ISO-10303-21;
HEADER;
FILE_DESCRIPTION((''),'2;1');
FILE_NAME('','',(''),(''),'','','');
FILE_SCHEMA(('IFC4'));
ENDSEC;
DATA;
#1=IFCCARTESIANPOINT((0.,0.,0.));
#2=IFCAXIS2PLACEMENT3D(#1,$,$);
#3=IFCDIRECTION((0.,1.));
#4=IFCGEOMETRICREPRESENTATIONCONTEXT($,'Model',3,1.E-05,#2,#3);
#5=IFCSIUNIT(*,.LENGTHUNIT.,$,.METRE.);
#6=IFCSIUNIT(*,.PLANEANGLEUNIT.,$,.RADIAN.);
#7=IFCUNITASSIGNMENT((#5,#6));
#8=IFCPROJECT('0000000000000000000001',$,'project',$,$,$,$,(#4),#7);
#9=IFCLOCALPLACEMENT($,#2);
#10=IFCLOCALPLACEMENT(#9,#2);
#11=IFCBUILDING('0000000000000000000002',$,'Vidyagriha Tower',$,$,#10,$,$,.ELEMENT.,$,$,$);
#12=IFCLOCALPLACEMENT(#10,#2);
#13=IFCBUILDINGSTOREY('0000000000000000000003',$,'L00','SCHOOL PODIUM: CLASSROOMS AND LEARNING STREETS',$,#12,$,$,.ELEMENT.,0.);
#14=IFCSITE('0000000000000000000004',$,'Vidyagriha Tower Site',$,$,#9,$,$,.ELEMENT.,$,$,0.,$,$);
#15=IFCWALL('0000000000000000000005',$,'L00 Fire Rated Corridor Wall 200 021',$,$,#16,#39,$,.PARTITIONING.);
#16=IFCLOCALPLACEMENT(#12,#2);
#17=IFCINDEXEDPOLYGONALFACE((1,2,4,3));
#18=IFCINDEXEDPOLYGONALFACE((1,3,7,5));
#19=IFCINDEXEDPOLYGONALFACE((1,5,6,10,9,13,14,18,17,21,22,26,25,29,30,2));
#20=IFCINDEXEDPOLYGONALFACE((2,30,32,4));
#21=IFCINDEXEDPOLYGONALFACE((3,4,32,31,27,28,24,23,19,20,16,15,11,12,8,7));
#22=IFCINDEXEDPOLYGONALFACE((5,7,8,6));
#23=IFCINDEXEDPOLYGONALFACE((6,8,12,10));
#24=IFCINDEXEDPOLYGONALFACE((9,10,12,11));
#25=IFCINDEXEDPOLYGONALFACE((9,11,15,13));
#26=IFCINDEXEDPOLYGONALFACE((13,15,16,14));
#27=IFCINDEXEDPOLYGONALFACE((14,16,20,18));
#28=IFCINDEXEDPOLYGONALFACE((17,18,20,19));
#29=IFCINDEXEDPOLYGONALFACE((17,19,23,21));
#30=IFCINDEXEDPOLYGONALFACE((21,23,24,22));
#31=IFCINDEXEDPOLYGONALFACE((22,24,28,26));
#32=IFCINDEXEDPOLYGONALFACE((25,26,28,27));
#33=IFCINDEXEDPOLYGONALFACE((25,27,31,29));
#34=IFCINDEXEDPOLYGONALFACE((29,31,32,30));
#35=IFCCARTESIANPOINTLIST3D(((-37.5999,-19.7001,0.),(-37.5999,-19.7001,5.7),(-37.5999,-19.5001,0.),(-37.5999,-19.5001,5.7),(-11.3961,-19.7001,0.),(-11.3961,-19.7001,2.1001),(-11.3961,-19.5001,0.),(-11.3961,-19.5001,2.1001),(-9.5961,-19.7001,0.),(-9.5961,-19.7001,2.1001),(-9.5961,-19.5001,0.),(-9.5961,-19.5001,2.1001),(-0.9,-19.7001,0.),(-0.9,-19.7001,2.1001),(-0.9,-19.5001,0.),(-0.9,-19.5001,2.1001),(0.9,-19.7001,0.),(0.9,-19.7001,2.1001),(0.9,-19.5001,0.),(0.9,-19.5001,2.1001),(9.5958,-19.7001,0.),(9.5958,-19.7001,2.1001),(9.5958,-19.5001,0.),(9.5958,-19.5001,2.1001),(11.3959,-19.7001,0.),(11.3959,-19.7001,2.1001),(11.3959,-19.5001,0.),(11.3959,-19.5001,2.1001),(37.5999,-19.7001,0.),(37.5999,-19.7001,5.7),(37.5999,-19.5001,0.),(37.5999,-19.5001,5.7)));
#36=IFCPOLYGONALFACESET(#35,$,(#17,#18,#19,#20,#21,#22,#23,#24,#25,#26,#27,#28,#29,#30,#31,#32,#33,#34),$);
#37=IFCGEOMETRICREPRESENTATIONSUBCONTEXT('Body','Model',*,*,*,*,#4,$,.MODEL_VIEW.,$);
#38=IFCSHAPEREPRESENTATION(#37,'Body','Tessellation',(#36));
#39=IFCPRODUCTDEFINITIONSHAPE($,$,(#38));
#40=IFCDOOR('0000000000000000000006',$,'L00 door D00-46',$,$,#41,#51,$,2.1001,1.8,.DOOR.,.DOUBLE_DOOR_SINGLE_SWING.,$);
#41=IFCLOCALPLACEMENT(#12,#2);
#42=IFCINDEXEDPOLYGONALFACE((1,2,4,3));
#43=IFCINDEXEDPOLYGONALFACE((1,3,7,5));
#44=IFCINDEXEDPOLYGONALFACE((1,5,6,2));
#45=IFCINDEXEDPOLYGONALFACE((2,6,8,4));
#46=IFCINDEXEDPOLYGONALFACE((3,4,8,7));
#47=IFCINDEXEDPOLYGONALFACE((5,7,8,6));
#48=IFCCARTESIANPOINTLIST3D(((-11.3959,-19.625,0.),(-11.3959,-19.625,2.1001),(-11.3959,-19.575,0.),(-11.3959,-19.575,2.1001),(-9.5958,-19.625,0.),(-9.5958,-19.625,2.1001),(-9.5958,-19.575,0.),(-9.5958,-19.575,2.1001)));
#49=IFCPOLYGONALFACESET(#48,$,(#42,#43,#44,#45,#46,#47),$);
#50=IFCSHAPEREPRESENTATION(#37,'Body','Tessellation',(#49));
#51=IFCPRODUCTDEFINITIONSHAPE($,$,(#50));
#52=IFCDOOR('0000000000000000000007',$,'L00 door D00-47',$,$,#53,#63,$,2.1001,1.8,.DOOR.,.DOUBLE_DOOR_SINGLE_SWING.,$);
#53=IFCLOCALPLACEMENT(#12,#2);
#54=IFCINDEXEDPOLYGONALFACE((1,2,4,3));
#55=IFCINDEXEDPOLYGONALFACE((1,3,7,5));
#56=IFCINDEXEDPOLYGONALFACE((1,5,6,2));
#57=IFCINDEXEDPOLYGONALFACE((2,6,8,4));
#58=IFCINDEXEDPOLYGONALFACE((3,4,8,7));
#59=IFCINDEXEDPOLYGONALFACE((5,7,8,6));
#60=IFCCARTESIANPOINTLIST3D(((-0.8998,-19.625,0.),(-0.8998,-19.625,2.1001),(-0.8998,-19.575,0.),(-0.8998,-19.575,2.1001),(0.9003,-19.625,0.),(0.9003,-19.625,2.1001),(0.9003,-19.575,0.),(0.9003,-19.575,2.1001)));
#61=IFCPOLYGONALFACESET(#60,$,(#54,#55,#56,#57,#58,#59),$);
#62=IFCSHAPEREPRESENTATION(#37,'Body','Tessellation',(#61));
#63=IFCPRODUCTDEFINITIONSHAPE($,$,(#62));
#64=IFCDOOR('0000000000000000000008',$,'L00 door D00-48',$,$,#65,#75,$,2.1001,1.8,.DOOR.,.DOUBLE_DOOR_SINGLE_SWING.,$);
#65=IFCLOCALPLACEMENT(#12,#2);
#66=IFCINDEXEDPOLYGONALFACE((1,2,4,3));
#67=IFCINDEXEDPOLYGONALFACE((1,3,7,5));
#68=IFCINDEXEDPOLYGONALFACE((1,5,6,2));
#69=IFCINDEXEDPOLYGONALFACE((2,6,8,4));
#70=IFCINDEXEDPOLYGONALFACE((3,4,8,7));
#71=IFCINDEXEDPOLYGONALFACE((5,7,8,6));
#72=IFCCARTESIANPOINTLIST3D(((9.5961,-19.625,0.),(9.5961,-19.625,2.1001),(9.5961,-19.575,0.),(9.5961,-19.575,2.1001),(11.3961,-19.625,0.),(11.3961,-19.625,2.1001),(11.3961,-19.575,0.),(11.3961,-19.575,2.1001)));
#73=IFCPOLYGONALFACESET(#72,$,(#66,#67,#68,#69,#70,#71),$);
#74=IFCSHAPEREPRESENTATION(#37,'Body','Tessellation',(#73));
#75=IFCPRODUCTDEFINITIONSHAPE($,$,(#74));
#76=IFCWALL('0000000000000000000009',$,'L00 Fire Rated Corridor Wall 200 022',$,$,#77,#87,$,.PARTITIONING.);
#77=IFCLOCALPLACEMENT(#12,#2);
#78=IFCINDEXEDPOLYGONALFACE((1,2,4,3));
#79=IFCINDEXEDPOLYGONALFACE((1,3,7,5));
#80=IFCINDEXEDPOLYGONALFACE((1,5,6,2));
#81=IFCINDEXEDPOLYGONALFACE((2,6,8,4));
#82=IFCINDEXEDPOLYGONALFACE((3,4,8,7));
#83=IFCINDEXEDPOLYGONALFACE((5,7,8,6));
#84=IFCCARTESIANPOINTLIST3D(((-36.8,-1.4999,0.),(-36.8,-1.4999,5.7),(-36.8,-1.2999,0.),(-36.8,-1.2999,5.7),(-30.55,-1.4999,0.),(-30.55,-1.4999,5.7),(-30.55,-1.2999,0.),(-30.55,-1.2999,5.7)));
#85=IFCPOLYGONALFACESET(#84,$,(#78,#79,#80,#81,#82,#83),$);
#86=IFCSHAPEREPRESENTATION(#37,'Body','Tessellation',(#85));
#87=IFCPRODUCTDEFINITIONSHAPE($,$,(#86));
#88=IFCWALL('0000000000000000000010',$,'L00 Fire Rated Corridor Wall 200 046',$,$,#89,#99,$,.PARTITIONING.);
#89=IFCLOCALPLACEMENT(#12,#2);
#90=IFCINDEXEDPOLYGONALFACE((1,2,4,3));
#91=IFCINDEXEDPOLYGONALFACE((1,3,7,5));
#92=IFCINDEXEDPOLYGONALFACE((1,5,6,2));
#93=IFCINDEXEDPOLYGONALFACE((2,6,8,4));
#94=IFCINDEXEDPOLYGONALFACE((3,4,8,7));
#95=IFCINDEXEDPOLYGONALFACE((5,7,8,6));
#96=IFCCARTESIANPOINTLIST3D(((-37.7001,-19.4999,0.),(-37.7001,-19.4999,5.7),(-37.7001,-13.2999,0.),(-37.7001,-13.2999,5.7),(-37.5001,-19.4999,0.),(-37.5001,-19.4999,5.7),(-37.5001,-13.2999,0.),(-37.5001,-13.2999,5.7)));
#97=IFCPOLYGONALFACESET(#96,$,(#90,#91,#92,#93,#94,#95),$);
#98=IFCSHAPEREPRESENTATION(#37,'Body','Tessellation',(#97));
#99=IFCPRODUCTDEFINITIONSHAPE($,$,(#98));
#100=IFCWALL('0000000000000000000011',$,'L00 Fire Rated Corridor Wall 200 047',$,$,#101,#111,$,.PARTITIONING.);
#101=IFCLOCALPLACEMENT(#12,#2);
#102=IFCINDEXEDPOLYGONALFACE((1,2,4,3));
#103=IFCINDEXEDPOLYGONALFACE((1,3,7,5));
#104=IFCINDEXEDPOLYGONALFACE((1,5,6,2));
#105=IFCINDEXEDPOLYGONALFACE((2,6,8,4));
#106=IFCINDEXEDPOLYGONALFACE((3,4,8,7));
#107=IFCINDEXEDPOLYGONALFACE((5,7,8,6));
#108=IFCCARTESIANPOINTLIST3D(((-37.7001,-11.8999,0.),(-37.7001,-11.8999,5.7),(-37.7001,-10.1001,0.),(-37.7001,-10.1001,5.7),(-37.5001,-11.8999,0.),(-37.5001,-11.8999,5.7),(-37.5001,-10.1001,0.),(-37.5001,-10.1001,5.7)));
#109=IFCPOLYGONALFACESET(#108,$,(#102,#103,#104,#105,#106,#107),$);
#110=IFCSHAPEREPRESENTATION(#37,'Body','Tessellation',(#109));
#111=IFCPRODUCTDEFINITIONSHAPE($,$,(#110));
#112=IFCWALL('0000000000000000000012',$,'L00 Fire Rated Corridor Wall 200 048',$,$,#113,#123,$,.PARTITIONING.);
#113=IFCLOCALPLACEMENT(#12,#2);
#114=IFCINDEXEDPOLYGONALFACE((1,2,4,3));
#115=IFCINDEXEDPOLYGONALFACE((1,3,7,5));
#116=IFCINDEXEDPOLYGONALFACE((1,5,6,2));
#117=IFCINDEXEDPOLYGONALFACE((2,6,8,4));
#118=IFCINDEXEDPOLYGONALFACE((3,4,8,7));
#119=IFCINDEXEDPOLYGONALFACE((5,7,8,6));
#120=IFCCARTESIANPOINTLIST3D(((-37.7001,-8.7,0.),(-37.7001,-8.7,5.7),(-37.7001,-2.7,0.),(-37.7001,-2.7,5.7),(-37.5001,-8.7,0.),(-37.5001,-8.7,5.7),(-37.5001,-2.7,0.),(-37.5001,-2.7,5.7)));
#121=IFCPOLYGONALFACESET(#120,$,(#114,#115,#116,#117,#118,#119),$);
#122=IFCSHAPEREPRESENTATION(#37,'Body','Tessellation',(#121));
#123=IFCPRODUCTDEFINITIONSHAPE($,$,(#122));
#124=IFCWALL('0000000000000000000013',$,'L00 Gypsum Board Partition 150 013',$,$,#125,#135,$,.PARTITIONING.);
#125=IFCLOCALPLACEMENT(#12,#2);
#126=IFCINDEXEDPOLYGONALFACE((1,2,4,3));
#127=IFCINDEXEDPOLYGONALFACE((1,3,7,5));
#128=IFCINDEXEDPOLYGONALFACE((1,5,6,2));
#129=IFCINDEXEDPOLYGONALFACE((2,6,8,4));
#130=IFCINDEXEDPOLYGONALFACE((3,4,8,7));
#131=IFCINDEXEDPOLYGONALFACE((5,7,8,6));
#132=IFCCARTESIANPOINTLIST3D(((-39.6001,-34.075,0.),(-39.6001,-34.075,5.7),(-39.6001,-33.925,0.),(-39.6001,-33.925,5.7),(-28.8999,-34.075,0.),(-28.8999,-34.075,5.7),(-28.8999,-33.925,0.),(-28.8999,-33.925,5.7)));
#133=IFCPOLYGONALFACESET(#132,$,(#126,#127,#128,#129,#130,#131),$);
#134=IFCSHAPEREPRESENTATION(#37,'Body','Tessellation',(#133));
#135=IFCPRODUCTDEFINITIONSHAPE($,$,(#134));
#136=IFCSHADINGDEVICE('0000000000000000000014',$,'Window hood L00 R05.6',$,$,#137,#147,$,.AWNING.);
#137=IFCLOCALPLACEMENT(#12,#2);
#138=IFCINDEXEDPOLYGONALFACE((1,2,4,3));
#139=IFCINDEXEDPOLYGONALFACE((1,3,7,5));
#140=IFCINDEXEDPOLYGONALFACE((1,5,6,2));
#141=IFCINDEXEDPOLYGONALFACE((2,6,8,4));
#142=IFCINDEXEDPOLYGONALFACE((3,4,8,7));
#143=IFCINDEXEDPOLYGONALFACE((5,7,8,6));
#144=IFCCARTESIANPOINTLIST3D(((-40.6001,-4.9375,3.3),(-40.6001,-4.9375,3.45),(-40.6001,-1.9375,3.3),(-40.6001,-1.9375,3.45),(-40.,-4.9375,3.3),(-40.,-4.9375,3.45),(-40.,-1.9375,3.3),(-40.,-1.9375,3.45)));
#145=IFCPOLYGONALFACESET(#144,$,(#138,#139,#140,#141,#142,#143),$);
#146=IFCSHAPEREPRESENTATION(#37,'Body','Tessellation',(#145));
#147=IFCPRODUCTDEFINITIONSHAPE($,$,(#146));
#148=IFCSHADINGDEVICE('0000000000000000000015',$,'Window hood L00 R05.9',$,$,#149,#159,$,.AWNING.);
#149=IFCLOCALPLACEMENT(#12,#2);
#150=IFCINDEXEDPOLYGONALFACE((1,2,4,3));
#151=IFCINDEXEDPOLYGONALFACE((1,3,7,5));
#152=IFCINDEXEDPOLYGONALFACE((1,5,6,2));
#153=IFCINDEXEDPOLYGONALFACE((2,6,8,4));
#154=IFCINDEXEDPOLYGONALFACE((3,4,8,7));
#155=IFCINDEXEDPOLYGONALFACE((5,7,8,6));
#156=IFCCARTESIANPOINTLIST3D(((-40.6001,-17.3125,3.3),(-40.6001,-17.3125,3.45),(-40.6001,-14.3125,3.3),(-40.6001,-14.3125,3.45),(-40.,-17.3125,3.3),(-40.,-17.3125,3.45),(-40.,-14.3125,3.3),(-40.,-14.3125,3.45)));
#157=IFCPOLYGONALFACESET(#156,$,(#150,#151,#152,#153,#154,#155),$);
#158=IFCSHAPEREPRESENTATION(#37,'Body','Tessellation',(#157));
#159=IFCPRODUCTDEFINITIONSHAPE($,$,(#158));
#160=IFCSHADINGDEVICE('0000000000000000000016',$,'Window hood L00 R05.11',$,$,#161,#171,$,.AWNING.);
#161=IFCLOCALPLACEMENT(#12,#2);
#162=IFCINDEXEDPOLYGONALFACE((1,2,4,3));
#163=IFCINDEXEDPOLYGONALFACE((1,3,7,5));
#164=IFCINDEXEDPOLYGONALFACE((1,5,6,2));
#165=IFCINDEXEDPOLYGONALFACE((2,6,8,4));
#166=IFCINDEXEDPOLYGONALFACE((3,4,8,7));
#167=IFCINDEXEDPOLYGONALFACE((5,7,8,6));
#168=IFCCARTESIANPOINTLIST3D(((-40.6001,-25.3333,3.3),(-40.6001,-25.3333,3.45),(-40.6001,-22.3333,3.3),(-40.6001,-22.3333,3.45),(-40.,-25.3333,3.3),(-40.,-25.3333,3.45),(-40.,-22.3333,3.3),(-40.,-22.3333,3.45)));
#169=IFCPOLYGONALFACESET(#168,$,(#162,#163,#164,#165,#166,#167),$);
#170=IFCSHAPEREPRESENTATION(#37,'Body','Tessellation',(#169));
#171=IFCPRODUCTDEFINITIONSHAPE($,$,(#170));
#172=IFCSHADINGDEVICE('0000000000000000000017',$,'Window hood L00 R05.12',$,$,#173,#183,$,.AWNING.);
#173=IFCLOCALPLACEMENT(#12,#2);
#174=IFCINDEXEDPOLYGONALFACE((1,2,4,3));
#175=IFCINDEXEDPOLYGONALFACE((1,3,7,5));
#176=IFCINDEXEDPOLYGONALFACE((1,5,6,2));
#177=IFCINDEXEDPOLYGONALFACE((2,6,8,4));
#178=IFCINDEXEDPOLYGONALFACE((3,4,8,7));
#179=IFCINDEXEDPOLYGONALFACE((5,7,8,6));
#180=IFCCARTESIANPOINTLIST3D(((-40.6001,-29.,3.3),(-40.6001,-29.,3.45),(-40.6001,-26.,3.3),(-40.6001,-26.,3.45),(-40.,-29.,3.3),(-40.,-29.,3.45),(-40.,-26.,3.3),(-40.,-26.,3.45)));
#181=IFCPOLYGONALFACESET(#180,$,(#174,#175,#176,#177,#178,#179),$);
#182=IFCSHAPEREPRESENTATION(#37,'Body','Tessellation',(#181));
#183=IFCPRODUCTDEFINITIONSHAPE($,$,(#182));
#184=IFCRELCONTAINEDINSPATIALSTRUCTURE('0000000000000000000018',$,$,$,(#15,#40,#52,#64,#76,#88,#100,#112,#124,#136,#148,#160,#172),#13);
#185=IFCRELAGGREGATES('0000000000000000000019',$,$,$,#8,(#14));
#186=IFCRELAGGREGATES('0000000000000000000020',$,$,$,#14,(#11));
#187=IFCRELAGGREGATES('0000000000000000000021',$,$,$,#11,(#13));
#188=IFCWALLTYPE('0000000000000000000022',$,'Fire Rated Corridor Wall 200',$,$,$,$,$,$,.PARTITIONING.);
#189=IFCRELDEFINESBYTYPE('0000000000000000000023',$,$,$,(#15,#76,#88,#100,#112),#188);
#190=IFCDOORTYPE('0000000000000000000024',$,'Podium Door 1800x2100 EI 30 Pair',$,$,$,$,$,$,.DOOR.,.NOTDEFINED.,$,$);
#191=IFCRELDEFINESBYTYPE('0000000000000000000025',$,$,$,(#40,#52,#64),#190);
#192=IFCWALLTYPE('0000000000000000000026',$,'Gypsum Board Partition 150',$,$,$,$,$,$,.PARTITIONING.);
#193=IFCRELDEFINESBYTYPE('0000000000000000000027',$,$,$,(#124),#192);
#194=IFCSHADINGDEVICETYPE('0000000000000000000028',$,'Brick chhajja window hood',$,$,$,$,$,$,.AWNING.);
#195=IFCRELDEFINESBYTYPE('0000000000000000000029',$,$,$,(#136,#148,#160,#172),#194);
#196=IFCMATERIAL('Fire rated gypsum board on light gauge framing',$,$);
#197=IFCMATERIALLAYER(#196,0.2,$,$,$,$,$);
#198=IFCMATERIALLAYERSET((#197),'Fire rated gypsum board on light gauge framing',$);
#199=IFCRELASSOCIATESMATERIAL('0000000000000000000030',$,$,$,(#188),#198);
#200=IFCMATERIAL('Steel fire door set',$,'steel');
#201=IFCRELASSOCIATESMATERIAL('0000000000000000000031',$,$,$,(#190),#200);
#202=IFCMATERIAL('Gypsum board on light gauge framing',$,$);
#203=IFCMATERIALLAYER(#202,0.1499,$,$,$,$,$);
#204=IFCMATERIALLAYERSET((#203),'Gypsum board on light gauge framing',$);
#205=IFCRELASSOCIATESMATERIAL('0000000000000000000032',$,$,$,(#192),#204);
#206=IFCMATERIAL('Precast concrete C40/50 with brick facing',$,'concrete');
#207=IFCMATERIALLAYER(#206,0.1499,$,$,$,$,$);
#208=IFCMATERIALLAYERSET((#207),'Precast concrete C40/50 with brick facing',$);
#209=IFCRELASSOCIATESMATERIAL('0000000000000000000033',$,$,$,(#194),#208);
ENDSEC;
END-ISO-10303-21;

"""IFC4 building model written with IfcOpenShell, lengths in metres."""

from ifc_helpers import new_model, si_unit, direction, frame, frame_2d, origin, origin_2d, place, context, subcontext, project, spatial, rectangle, extrude, material, layer, layer_set, type_object, element, fill, save


model = new_model("IFC4")

# Units and contexts
model_context = context("Model", 3, precision=1e-05, world=origin(), true_north=direction((0.0, 1.0)))
body_context = subcontext(model_context, "Body", "Model", "MODEL_VIEW")
ifc_project = project(units=[si_unit("LENGTHUNIT", "METRE"), si_unit("PLANEANGLEUNIT", "RADIAN")], contexts=[model_context])

# Site, building, storey
site_placement = place(None, origin())
site = spatial("IfcSite", under=ifc_project, at=site_placement, Name="Vidyagriha Tower Site", CompositionType="ELEMENT", RefElevation=0.0)
building_placement = place(site_placement, origin())
building = spatial("IfcBuilding", under=site, at=building_placement, Name="Vidyagriha Tower", CompositionType="ELEMENT")
storey_placement = place(building_placement, origin())
storey = spatial("IfcBuildingStorey", under=building, at=storey_placement, Name="L00", Description="SCHOOL PODIUM: CLASSROOMS AND LEARNING STREETS", CompositionType="ELEMENT", Elevation=0.0)

# Shared definitions
ifc_material_1 = material(Name="Fire rated gypsum board on light gauge framing")
ifc_layer_1 = layer(ifc_material_1, 0.2)
ifc_layer_set_1 = layer_set([ifc_layer_1], Name="Fire rated gypsum board on light gauge framing")
wall_type_1 = type_object("IfcWallType", Name="Fire Rated Corridor Wall 200", PredefinedType="PARTITIONING", material=ifc_layer_set_1)

# Wall, openings, doors
wall_1_placement = place(storey_placement, frame((-37.5999, -19.6001, 0.0)))
wall_1 = element("IfcWall", 1, at=wall_1_placement, inside=storey, type_object=wall_type_1, Name="L00 Fire Rated Corridor Wall 200 021", PredefinedType="PARTITIONING", context=body_context, shape_type="SweptSolid", body=[
    extrude(rectangle(XDim=75.1997, YDim=0.2, at=frame_2d((37.5999, 0.0))), origin(), (0.0, 0.0, 1.0), 5.7),
])
opening_1_placement = place(wall_1_placement, frame((26.2039, 0.0, 0.0)))
opening_1 = element("IfcOpeningElement", 2, at=opening_1_placement, cuts=wall_1, PredefinedType="OPENING", context=body_context, shape_type="SweptSolid", body=[
    extrude(rectangle(XDim=1.8, YDim=2.1001, at=frame_2d((0.8999, 1.05))), frame((0.0, 0.1099, 0.0), z_axis=(0.0, -1.0, 0.0), x_axis=(1.0, 0.0, 0.0)), (0.0, 0.0, 1.0), 0.22),
])
opening_2_placement = place(wall_1_placement, frame((36.7, 0.0, 0.0)))
opening_2 = element("IfcOpeningElement", 3, at=opening_2_placement, cuts=wall_1, PredefinedType="OPENING", context=body_context, shape_type="SweptSolid", body=[
    extrude(rectangle(XDim=1.8, YDim=2.1001, at=frame_2d((0.8999, 1.05))), frame((0.0, 0.1099, 0.0), z_axis=(0.0, -1.0, 0.0), x_axis=(1.0, 0.0, 0.0)), (0.0, 0.0, 1.0), 0.22),
])
opening_3_placement = place(wall_1_placement, frame((47.1958, 0.0, 0.0)))
opening_3 = element("IfcOpeningElement", 4, at=opening_3_placement, cuts=wall_1, PredefinedType="OPENING", context=body_context, shape_type="SweptSolid", body=[
    extrude(rectangle(XDim=1.8, YDim=2.1001, at=frame_2d((0.8999, 1.05))), frame((0.0, 0.1099, 0.0), z_axis=(0.0, -1.0, 0.0), x_axis=(1.0, 0.0, 0.0)), (0.0, 0.0, 1.0), 0.22),
])
ifc_material_2 = material(Name="Steel fire door set", Category="steel")
door_type = type_object("IfcDoorType", Name="Podium Door 1800x2100 EI 30 Pair", OperationType="NOTDEFINED", PredefinedType="DOOR", material=ifc_material_2)
door_1_placement = place(opening_1_placement, frame((1.8, 0.0, 0.0), z_axis=(0.0, 0.0, 1.0), x_axis=(-1.0, 0.0, 0.0)))
door_1 = element("IfcDoor", 5, at=door_1_placement, inside=storey, type_object=door_type, Name="L00 door D00-46", OperationType="DOUBLE_DOOR_SINGLE_SWING", OverallHeight=2.1001, OverallWidth=1.8, PredefinedType="DOOR", context=body_context, shape_type="SweptSolid", body=[
    extrude(rectangle(XDim=1.8, YDim=2.1001, at=frame_2d((0.8999, 1.05))), frame((0.0, 0.0249, 0.0), z_axis=(0.0, -1.0, 0.0), x_axis=(1.0, 0.0, 0.0)), (0.0, 0.0, 1.0), 0.05),
])
fill(opening_1, door_1)
door_2_placement = place(opening_2_placement, frame((1.8, 0.0, 0.0), z_axis=(0.0, 0.0, 1.0), x_axis=(-1.0, 0.0, 0.0)))
door_2 = element("IfcDoor", 6, at=door_2_placement, inside=storey, type_object=door_type, Name="L00 door D00-47", OperationType="DOUBLE_DOOR_SINGLE_SWING", OverallHeight=2.1001, OverallWidth=1.8, PredefinedType="DOOR", context=body_context, shape_type="SweptSolid", body=[
    extrude(rectangle(XDim=1.8, YDim=2.1001, at=frame_2d((0.8999, 1.05))), frame((0.0, 0.0249, 0.0), z_axis=(0.0, -1.0, 0.0), x_axis=(1.0, 0.0, 0.0)), (0.0, 0.0, 1.0), 0.05),
])
fill(opening_2, door_2)
door_3_placement = place(opening_3_placement, frame((1.8, 0.0, 0.0), z_axis=(0.0, 0.0, 1.0), x_axis=(-1.0, 0.0, 0.0)))
door_3 = element("IfcDoor", 7, at=door_3_placement, inside=storey, type_object=door_type, Name="L00 door D00-48", OperationType="DOUBLE_DOOR_SINGLE_SWING", OverallHeight=2.1001, OverallWidth=1.8, PredefinedType="DOOR", context=body_context, shape_type="SweptSolid", body=[
    extrude(rectangle(XDim=1.8, YDim=2.1001, at=frame_2d((0.8999, 1.05))), frame((0.0, 0.0249, 0.0), z_axis=(0.0, -1.0, 0.0), x_axis=(1.0, 0.0, 0.0)), (0.0, 0.0, 1.0), 0.05),
])
fill(opening_3, door_3)

# Walls
wall_2_placement = place(storey_placement, frame((-36.8, -1.3999, 0.0)))
element("IfcWall", 8, at=wall_2_placement, inside=storey, type_object=wall_type_1, Name="L00 Fire Rated Corridor Wall 200 022", PredefinedType="PARTITIONING", context=body_context, shape_type="SweptSolid", body=[
    extrude(rectangle(XDim=6.25, YDim=0.2, at=frame_2d((3.125, 0.0))), origin(), (0.0, 0.0, 1.0), 5.7),
])
wall_3_placement = place(storey_placement, frame((-37.6001, -19.5, 0.0), z_axis=(0.0, 0.0, 1.0), x_axis=(0.0, 1.0, 0.0)))
element("IfcWall", 9, at=wall_3_placement, inside=storey, type_object=wall_type_1, Name="L00 Fire Rated Corridor Wall 200 046", PredefinedType="PARTITIONING", context=body_context, shape_type="SweptSolid", body=[
    extrude(rectangle(XDim=6.2, YDim=0.2, at=frame_2d((3.1001, 0.0))), origin(), (0.0, 0.0, 1.0), 5.7),
])
wall_4_placement = place(storey_placement, frame((-37.6001, -11.8999, 0.0), z_axis=(0.0, 0.0, 1.0), x_axis=(0.0, 1.0, 0.0)))
element("IfcWall", 10, at=wall_4_placement, inside=storey, type_object=wall_type_1, Name="L00 Fire Rated Corridor Wall 200 047", PredefinedType="PARTITIONING", context=body_context, shape_type="SweptSolid", body=[
    extrude(rectangle(XDim=1.7998, YDim=0.2, at=frame_2d((0.8999, 0.0))), origin(), (0.0, 0.0, 1.0), 5.7),
])
wall_5_placement = place(storey_placement, frame((-37.6001, -8.7, 0.0), z_axis=(0.0, 0.0, 1.0), x_axis=(0.0, 1.0, 0.0)))
element("IfcWall", 11, at=wall_5_placement, inside=storey, type_object=wall_type_1, Name="L00 Fire Rated Corridor Wall 200 048", PredefinedType="PARTITIONING", context=body_context, shape_type="SweptSolid", body=[
    extrude(rectangle(XDim=6.0, YDim=0.2, at=frame_2d((3.0, 0.0))), origin(), (0.0, 0.0, 1.0), 5.7),
])
ifc_material_3 = material(Name="Gypsum board on light gauge framing")
ifc_layer_2 = layer(ifc_material_3, 0.1499)
ifc_layer_set_2 = layer_set([ifc_layer_2], Name="Gypsum board on light gauge framing")
wall_type_2 = type_object("IfcWallType", Name="Gypsum Board Partition 150", PredefinedType="PARTITIONING", material=ifc_layer_set_2)
wall_6_placement = place(storey_placement, frame((-39.6001, -34.0, 0.0)))
element("IfcWall", 12, at=wall_6_placement, inside=storey, type_object=wall_type_2, Name="L00 Gypsum Board Partition 150 013", PredefinedType="PARTITIONING", context=body_context, shape_type="SweptSolid", body=[
    extrude(rectangle(XDim=10.7002, YDim=0.1499, at=frame_2d((5.3501, 0.0))), origin(), (0.0, 0.0, 1.0), 5.7),
])

# Shading devices
ifc_material_4 = material(Name="Precast concrete C40/50 with brick facing", Category="concrete")
ifc_layer_3 = layer(ifc_material_4, 0.1499)
ifc_layer_set_3 = layer_set([ifc_layer_3], Name="Precast concrete C40/50 with brick facing")
shading_device_type_1 = type_object("IfcShadingDeviceType", Name="Brick chhajja window hood", PredefinedType="AWNING", material=ifc_layer_set_3)
for number, where, z_axis, x_axis, name in (
    (13, (-40.3, -3.4375, 3.3), (0.0, 0.0, 1.0), (0.0, -1.0, 0.0), "Window hood L00 R05.6"),
    (14, (-40.3, -15.8125, 3.3), (0.0, 0.0, 1.0), (0.0, -1.0, 0.0), "Window hood L00 R05.9"),
    (15, (-40.3, -23.8333, 3.3), (0.0, 0.0, 1.0), (0.0, -1.0, 0.0), "Window hood L00 R05.11"),
    (16, (-40.3, -27.5, 3.3), (0.0, 0.0, 1.0), (0.0, -1.0, 0.0), "Window hood L00 R05.12"),
):
    element("IfcShadingDevice", number, at=place(storey_placement, frame(where, z_axis=z_axis, x_axis=x_axis)), inside=storey, type_object=shading_device_type_1, Name=name, PredefinedType="AWNING", context=body_context, shape_type="SweptSolid", body=[
        extrude(rectangle(XDim=3.0, YDim=0.6001, at=origin_2d()), origin(), (0.0, 0.0, 1.0), 0.1499),
    ])

save(model, "model.ifc")
